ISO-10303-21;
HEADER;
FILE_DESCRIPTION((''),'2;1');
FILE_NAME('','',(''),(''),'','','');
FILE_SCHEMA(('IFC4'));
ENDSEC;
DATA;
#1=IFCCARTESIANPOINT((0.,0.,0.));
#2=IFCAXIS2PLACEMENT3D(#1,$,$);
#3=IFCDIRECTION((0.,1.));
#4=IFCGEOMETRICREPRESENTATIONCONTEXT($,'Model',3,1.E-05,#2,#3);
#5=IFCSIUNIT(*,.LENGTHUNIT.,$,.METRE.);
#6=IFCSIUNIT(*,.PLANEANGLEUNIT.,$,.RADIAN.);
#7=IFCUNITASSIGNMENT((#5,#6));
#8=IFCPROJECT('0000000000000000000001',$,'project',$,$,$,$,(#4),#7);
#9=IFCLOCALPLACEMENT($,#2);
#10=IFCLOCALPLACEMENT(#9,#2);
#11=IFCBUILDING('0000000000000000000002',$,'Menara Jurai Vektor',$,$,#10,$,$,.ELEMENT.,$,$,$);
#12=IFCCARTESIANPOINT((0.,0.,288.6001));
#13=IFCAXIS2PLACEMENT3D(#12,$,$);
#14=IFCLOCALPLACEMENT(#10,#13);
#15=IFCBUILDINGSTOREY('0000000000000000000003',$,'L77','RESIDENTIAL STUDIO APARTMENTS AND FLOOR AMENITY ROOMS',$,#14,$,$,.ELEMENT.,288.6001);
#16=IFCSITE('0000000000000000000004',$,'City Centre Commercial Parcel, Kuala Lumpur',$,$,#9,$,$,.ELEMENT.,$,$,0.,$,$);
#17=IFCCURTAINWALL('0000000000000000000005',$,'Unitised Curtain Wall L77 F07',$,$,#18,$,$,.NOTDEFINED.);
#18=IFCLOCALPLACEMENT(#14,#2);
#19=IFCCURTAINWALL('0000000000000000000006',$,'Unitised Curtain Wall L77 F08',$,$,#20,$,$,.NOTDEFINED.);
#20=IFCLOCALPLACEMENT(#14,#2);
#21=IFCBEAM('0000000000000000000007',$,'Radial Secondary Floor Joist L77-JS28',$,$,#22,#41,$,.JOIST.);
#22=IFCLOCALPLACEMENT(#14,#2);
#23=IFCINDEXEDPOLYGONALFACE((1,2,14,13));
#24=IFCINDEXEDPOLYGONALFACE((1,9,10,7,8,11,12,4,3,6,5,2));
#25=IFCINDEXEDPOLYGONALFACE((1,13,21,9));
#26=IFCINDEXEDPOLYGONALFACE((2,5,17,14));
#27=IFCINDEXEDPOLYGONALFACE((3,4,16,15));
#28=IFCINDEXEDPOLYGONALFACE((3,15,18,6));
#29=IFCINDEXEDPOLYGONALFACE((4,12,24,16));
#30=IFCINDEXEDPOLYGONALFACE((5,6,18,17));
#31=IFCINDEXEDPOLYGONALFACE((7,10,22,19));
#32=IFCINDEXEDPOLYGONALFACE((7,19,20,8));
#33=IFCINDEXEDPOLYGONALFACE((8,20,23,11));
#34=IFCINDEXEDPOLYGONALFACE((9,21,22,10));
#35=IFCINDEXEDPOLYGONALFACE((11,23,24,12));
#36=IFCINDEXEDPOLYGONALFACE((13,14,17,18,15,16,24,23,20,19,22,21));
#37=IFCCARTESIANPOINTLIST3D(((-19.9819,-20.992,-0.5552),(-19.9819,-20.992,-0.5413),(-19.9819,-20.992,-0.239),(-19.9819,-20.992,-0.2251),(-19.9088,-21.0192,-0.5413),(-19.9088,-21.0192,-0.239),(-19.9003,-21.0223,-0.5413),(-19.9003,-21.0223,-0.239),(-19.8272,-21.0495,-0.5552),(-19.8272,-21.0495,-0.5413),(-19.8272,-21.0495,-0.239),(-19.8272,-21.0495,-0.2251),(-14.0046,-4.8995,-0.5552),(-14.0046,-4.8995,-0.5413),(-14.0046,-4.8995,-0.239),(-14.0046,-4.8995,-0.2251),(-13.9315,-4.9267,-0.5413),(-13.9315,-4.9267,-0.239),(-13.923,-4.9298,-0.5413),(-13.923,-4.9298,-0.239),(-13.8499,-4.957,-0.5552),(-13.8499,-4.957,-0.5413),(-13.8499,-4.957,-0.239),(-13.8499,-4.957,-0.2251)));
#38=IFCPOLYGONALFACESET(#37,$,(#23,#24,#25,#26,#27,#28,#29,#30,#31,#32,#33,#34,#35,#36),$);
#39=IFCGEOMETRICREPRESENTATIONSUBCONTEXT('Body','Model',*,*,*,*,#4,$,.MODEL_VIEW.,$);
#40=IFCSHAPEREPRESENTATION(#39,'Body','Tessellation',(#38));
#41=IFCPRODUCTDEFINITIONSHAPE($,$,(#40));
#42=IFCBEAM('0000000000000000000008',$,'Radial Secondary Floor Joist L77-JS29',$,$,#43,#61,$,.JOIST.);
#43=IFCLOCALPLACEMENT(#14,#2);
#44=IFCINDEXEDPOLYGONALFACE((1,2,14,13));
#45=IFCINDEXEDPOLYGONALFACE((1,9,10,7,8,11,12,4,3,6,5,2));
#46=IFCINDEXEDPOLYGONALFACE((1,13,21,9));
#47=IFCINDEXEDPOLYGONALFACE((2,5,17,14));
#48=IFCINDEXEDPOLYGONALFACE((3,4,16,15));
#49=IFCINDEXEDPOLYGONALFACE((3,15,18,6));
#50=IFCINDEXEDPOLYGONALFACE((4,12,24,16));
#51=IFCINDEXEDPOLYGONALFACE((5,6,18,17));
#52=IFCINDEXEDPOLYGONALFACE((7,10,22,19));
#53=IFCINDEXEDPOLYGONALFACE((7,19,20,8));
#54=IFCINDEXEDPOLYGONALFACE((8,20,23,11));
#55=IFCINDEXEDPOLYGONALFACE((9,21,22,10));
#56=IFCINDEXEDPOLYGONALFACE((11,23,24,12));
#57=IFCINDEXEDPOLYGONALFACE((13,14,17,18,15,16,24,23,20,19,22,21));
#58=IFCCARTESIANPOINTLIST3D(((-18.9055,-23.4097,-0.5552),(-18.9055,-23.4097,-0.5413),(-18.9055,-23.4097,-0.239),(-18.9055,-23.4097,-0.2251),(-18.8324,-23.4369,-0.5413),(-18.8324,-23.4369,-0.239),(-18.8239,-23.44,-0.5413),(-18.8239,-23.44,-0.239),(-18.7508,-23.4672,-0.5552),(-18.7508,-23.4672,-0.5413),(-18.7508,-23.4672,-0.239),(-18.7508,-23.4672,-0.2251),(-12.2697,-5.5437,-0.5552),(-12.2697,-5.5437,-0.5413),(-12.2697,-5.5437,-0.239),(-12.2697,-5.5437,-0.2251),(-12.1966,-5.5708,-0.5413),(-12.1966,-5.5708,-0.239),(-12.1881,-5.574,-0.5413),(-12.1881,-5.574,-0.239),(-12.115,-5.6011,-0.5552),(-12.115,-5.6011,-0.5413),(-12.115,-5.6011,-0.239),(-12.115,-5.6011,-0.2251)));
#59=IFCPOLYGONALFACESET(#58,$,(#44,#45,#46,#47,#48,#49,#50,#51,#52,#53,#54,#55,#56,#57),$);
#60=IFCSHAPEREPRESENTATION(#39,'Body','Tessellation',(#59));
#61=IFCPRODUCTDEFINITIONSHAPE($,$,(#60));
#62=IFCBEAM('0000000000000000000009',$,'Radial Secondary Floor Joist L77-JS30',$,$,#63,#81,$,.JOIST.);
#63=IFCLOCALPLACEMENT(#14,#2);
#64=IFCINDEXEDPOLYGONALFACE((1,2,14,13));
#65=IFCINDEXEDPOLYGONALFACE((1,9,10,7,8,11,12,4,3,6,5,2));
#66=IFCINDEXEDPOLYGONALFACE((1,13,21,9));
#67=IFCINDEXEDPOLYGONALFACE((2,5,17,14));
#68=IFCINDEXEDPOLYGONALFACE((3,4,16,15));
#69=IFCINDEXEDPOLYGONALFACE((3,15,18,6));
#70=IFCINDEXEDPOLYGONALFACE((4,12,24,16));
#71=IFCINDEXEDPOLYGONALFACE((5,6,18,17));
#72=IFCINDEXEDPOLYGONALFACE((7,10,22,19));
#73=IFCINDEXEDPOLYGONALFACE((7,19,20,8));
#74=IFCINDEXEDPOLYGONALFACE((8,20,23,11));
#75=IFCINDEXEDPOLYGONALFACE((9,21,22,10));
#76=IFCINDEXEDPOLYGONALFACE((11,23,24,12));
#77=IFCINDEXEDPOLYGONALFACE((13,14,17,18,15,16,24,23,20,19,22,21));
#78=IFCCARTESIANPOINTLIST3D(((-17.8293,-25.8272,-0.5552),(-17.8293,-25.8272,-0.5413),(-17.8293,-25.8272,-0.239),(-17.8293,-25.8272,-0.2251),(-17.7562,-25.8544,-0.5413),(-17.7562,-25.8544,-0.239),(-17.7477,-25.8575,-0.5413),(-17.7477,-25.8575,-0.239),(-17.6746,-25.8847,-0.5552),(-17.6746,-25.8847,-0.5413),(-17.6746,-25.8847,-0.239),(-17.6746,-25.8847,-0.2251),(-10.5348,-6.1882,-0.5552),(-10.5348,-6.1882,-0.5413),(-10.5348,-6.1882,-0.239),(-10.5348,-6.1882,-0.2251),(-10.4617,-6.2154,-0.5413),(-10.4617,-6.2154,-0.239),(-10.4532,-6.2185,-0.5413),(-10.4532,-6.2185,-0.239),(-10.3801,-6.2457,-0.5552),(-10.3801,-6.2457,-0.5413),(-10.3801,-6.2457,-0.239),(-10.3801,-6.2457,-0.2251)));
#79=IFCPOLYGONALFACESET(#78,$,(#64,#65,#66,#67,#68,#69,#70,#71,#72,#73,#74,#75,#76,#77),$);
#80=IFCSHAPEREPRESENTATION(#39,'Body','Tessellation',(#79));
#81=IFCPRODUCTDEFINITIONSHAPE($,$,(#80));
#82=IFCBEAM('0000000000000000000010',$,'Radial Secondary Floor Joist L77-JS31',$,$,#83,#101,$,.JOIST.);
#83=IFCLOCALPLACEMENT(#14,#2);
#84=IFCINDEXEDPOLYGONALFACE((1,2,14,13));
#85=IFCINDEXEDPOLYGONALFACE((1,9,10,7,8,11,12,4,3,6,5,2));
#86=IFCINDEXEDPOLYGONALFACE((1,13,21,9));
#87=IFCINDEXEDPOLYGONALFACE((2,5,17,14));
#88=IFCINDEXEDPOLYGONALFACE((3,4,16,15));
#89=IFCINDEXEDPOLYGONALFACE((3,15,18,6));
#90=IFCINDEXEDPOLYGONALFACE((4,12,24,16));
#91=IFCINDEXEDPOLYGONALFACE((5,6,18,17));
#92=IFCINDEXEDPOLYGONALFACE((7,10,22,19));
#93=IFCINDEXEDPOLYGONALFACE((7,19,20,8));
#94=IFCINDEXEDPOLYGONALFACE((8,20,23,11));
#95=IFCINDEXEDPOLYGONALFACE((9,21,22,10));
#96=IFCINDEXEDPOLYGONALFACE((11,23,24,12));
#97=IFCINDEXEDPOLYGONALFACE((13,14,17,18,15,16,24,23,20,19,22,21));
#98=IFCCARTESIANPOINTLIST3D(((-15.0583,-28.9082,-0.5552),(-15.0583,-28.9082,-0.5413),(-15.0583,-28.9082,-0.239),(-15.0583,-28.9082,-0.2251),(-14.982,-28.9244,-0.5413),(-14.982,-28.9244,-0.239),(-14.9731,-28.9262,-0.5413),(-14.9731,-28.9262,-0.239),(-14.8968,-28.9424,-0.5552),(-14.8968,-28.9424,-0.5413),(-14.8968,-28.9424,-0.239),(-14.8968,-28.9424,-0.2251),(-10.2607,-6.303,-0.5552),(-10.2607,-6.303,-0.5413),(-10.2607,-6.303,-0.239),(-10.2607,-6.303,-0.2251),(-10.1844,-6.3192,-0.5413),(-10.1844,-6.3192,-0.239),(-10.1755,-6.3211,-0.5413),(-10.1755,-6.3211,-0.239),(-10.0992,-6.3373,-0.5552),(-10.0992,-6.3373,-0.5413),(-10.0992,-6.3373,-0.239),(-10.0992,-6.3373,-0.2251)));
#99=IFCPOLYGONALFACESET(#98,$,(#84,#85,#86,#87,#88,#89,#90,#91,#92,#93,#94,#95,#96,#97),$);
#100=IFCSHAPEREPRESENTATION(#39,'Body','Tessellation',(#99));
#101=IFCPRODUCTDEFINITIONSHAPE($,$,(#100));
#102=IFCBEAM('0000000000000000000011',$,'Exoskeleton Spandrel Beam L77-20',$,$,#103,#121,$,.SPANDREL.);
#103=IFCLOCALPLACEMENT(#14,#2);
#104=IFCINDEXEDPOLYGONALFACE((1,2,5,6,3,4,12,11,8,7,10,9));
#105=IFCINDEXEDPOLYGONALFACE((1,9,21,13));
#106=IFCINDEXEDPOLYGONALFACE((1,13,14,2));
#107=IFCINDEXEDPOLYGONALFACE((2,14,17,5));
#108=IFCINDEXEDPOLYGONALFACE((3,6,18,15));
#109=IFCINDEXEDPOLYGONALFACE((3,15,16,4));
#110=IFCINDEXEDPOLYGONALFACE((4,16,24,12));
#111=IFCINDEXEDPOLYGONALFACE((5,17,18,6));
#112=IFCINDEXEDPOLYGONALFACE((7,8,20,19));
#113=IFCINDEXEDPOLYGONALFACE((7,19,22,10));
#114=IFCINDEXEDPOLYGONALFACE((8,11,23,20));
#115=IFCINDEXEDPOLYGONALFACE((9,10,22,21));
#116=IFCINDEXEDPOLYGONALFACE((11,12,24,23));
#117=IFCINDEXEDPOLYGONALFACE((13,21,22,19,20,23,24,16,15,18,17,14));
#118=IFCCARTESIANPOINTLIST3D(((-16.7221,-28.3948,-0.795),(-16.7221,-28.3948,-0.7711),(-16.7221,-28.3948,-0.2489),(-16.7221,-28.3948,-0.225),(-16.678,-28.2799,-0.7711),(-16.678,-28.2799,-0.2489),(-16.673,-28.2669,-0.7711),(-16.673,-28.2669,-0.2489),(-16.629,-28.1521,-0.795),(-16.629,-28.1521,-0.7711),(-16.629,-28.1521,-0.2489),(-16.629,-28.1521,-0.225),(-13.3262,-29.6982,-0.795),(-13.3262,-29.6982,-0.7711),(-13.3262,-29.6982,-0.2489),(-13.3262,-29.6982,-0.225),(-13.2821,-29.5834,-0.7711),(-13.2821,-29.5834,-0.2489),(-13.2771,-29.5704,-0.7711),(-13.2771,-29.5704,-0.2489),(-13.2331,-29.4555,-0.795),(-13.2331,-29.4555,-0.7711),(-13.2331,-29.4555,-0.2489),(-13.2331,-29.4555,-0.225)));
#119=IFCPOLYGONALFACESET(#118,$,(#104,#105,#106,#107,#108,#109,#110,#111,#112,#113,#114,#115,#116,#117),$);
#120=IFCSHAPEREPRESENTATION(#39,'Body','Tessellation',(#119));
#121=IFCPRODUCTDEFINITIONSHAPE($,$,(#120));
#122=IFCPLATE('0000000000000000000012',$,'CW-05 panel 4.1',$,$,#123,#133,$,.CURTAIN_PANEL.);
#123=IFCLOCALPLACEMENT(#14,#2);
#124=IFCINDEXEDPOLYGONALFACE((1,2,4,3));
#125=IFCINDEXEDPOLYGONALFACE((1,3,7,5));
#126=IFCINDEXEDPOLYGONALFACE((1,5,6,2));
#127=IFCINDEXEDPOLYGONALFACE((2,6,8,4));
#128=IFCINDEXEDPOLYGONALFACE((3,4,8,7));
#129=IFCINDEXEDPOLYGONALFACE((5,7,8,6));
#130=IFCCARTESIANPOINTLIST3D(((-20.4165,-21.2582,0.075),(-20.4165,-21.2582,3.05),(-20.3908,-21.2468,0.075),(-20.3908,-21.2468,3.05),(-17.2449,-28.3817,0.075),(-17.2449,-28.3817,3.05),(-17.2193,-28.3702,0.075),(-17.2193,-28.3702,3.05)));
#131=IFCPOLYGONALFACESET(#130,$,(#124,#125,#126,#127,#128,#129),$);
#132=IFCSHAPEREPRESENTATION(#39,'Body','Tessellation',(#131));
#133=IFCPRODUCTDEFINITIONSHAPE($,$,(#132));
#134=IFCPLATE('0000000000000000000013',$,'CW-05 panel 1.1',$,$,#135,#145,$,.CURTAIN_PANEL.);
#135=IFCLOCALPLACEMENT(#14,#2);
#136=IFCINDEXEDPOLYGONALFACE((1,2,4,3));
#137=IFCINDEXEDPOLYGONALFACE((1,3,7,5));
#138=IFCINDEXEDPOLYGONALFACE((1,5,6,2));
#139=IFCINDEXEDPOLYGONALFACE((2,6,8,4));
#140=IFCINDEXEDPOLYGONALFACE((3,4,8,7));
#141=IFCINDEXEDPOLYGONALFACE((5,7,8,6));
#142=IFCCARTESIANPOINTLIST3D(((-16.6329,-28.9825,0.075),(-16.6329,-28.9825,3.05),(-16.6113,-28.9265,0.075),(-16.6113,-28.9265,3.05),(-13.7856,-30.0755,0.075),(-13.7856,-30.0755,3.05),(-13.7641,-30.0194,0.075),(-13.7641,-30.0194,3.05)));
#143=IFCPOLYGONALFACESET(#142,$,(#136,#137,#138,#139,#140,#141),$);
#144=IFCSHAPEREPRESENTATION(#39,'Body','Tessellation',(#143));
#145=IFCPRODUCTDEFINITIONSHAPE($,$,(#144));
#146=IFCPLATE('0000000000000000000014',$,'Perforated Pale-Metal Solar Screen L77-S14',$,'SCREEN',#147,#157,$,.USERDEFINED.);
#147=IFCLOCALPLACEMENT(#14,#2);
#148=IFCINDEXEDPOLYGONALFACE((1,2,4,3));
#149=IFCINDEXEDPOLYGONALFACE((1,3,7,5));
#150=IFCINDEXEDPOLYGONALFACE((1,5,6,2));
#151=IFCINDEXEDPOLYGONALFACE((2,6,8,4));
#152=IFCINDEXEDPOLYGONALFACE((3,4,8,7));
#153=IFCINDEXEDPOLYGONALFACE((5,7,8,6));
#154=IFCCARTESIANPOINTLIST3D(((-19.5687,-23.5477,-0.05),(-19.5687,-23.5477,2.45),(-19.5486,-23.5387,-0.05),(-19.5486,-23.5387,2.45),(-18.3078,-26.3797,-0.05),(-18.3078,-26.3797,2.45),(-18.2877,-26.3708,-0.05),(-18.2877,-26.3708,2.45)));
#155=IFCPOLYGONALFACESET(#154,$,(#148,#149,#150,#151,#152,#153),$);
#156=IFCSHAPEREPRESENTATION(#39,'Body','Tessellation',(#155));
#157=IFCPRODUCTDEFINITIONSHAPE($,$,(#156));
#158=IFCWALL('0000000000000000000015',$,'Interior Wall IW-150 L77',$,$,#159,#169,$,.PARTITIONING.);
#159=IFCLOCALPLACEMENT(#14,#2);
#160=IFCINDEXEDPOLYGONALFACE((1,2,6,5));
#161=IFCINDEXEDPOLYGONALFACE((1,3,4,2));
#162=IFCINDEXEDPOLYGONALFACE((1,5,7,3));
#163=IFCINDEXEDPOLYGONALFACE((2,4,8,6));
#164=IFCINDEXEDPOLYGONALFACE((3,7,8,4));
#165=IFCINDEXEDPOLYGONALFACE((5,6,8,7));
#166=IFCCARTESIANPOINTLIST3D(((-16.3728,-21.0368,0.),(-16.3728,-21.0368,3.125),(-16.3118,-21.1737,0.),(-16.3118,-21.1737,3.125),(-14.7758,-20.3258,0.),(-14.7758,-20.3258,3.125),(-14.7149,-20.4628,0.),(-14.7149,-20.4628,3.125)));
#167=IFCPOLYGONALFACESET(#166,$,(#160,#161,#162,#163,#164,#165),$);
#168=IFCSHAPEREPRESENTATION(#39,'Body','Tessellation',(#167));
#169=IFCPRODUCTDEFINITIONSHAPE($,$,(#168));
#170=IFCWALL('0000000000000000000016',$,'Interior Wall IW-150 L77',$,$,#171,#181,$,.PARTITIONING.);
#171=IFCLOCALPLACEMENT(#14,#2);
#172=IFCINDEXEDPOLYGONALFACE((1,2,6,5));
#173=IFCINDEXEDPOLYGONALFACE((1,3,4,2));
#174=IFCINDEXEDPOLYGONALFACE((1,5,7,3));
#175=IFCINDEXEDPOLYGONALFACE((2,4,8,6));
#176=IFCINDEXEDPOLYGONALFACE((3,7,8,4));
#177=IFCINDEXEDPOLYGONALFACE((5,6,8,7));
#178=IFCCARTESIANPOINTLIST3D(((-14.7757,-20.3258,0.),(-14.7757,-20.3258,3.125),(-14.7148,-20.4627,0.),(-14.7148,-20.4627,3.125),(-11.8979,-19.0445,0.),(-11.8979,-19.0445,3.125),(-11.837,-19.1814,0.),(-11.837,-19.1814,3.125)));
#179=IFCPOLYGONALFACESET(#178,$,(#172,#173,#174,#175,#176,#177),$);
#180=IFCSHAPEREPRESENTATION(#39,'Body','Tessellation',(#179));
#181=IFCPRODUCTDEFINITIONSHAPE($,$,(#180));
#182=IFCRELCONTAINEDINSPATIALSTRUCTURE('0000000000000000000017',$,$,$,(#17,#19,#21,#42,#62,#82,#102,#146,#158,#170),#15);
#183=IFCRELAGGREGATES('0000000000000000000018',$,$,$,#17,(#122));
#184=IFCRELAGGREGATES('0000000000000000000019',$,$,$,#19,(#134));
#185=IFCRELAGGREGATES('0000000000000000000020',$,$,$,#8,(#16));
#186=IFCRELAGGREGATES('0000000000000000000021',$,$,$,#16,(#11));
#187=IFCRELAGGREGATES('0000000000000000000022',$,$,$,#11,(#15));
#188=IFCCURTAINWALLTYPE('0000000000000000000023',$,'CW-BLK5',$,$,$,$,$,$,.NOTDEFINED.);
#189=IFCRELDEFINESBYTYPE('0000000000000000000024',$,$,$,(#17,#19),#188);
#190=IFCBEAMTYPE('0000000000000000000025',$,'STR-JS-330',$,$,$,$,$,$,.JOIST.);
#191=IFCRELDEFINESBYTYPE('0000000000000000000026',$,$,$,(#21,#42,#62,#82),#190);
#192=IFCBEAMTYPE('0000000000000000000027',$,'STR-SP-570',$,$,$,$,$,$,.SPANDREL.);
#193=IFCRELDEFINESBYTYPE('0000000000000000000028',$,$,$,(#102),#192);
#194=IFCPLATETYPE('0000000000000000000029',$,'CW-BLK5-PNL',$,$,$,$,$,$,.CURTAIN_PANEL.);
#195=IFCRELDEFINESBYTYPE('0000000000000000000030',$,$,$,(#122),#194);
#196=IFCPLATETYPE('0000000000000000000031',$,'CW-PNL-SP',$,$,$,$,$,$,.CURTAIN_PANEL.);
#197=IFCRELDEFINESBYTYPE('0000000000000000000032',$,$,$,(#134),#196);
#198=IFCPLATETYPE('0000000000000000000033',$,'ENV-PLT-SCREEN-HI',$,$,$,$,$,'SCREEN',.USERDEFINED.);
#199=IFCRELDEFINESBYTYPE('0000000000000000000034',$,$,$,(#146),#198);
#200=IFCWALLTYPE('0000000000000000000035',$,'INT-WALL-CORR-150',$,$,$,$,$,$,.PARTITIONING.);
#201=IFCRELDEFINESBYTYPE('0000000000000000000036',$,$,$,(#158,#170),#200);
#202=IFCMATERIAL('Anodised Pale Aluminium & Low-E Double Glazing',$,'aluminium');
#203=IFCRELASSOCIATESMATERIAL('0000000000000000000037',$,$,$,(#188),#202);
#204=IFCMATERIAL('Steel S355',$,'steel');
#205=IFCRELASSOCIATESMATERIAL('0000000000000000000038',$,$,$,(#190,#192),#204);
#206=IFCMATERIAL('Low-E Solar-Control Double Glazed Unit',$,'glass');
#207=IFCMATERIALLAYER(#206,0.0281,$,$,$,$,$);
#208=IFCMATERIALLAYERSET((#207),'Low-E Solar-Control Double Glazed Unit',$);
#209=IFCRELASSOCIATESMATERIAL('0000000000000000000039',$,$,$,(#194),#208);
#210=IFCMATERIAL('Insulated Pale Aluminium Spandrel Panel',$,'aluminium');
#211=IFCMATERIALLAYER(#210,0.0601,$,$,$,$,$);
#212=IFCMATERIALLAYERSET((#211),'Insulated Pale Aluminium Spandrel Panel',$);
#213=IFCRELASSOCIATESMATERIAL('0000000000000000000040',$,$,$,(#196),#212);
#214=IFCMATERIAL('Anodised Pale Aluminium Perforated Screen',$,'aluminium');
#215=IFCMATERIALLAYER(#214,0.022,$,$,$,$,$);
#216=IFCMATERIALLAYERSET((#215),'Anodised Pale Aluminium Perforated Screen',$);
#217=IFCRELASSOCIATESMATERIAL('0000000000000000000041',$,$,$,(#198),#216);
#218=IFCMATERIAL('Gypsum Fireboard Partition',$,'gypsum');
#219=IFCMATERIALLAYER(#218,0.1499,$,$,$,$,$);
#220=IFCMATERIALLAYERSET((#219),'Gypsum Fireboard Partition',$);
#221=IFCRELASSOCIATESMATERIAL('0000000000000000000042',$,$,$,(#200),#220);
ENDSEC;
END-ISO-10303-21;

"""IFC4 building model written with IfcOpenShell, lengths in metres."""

from ifc_helpers import new_model, si_unit, direction, frame, frame_2d, origin, origin_2d, place, context, subcontext, project, spatial, rectangle, i_section, extrude, material, layer, layer_set, material_profile, profile_set, type_object, element, aggregate, save


model = new_model("IFC4")

# Units and contexts
model_context = context("Model", 3, precision=1e-05, world=origin(), true_north=direction((0.0, 1.0)))
body_context = subcontext(model_context, "Body", "Model", "MODEL_VIEW")
ifc_project = project(units=[si_unit("LENGTHUNIT", "METRE"), si_unit("PLANEANGLEUNIT", "RADIAN")], contexts=[model_context])

# Site, building, storey
site_placement = place(None, origin())
site = spatial("IfcSite", under=ifc_project, at=site_placement, Name="City Centre Commercial Parcel, Kuala Lumpur", CompositionType="ELEMENT", RefElevation=0.0)
building_placement = place(site_placement, origin())
building = spatial("IfcBuilding", under=site, at=building_placement, Name="Menara Jurai Vektor", CompositionType="ELEMENT")
storey_placement = place(building_placement, frame((0.0, 0.0, 288.6001)))
storey = spatial("IfcBuildingStorey", under=building, at=storey_placement, Name="L77", Description="RESIDENTIAL STUDIO APARTMENTS AND FLOOR AMENITY ROOMS", CompositionType="ELEMENT", Elevation=288.6001)

# Curtain wall
ifc_material_1 = material(Name="Anodised Pale Aluminium & Low-E Double Glazing", Category="aluminium")
curtain_wall_type = type_object("IfcCurtainWallType", Name="CW-BLK5", PredefinedType="NOTDEFINED", material=ifc_material_1)
curtain_wall_1_placement = place(storey_placement, origin())
curtain_wall_1 = element("IfcCurtainWall", 1, at=curtain_wall_1_placement, inside=storey, type_object=curtain_wall_type, Name="Unitised Curtain Wall L77 F07", PredefinedType="NOTDEFINED")

# Curtain wall
curtain_wall_2_placement = place(storey_placement, origin())
curtain_wall_2 = element("IfcCurtainWall", 2, at=curtain_wall_2_placement, inside=storey, type_object=curtain_wall_type, Name="Unitised Curtain Wall L77 F08", PredefinedType="NOTDEFINED")

# Beams
ifc_material_2 = material(Name="Steel S355", Category="steel")
ifc_material_profile_1 = material_profile(ifc_material_2, i_section(OverallWidth=0.165, OverallDepth=0.3301, WebThickness=0.009, FlangeThickness=0.0139, at=origin_2d()), Name="PG 330x165x46")
ifc_profile_set_1 = profile_set([ifc_material_profile_1], Name="Steel S355")
beam_type_1 = type_object("IfcBeamType", Name="STR-JS-330", PredefinedType="JOIST", material=ifc_profile_set_1)
beam_1_placement = place(storey_placement, frame((-19.9045, -21.0208, -0.3901), z_axis=(0.34819, 0.937424, 0.0), x_axis=(-0.937424, 0.34819, 0.0)))
element("IfcBeam", 3, at=beam_1_placement, inside=storey, type_object=beam_type_1, Name="Radial Secondary Floor Joist L77-JS28", PredefinedType="JOIST", context=body_context, shape_type="SweptSolid", body=[
    extrude(i_section(OverallWidth=0.165, OverallDepth=0.3301, WebThickness=0.009, FlangeThickness=0.0139, at=origin_2d()), origin(), (0.0, 0.0, 1.0), 17.1667),
])
beam_2_placement = place(storey_placement, frame((-18.8281, -23.4385, -0.3901), z_axis=(0.348178, 0.937428, 0.0), x_axis=(-0.937428, 0.348178, 0.0)))
element("IfcBeam", 4, at=beam_2_placement, inside=storey, type_object=beam_type_1, Name="Radial Secondary Floor Joist L77-JS29", PredefinedType="JOIST", context=body_context, shape_type="SweptSolid", body=[
    extrude(i_section(OverallWidth=0.165, OverallDepth=0.3301, WebThickness=0.009, FlangeThickness=0.0139, at=origin_2d()), origin(), (0.0, 0.0, 1.0), 19.0586),
])
beam_3_placement = place(storey_placement, frame((-17.752, -25.856, -0.3901), z_axis=(0.348186, 0.937426, 0.0), x_axis=(-0.937426, 0.348186, 0.0)))
element("IfcBeam", 5, at=beam_3_placement, inside=storey, type_object=beam_type_1, Name="Radial Secondary Floor Joist L77-JS30", PredefinedType="JOIST", context=body_context, shape_type="SweptSolid", body=[
    extrude(i_section(OverallWidth=0.165, OverallDepth=0.3301, WebThickness=0.009, FlangeThickness=0.0139, at=origin_2d()), origin(), (0.0, 0.0, 1.0), 20.95),
])
beam_4_placement = place(storey_placement, frame((-14.9775, -28.9253, -0.3901), z_axis=(0.20761, 0.978212, 0.0), x_axis=(-0.978212, 0.20761, 0.0)))
element("IfcBeam", 6, at=beam_4_placement, inside=storey, type_object=beam_type_1, Name="Radial Secondary Floor Joist L77-JS31", PredefinedType="JOIST", context=body_context, shape_type="SweptSolid", body=[
    extrude(i_section(OverallWidth=0.165, OverallDepth=0.3301, WebThickness=0.009, FlangeThickness=0.0139, at=origin_2d()), origin(), (0.0, 0.0, 1.0), 23.1086),
])
ifc_material_profile_2 = material_profile(ifc_material_2, i_section(OverallWidth=0.26, OverallDepth=0.5701, WebThickness=0.0139, FlangeThickness=0.0239, at=origin_2d()), Name="PG 570x260x145")
ifc_profile_set_2 = profile_set([ifc_material_profile_2], Name="Steel S355")
beam_type_2 = type_object("IfcBeamType", Name="STR-SP-570", PredefinedType="SPANDREL", material=ifc_profile_set_2)
beam_5_placement = place(storey_placement, frame((-16.6755, -28.2734, -0.51), z_axis=(0.933593, -0.358336, 0.0), x_axis=(0.358336, 0.933593, 0.0)))
element("IfcBeam", 7, at=beam_5_placement, inside=storey, type_object=beam_type_2, Name="Exoskeleton Spandrel Beam L77-20", PredefinedType="SPANDREL", context=body_context, shape_type="SweptSolid", body=[
    extrude(i_section(OverallWidth=0.26, OverallDepth=0.5701, WebThickness=0.0139, FlangeThickness=0.0239, at=origin_2d()), origin(), (0.0, 0.0, 1.0), 3.6375),
])

# Plates
ifc_material_3 = material(Name="Low-E Solar-Control Double Glazed Unit", Category="glass")
ifc_layer_1 = layer(ifc_material_3, 0.0281)
ifc_layer_set_1 = layer_set([ifc_layer_1], Name="Low-E Solar-Control Double Glazed Unit")
plate_type_1 = type_object("IfcPlateType", Name="CW-BLK5-PNL", PredefinedType="CURTAIN_PANEL", material=ifc_layer_set_1)
plate_1_placement = place(storey_placement, frame((-18.8179, -24.8142, 0.075), z_axis=(0.0, 0.0, 1.0), x_axis=(0.406735, -0.913546, 0.0)))
plate_1 = element("IfcPlate", 8, at=plate_1_placement, type_object=plate_type_1, Name="CW-05 panel 4.1", PredefinedType="CURTAIN_PANEL", context=body_context, shape_type="SweptSolid", body=[
    extrude(rectangle(XDim=7.7976, YDim=0.0281, at=origin_2d()), origin(), (0.0, 0.0, 1.0), 2.9751),
])
aggregate(curtain_wall_1, [plate_1])
ifc_material_4 = material(Name="Insulated Pale Aluminium Spandrel Panel", Category="aluminium")
ifc_layer_2 = layer(ifc_material_4, 0.0601)
ifc_layer_set_2 = layer_set([ifc_layer_2], Name="Insulated Pale Aluminium Spandrel Panel")
plate_type_2 = type_object("IfcPlateType", Name="CW-PNL-SP", PredefinedType="CURTAIN_PANEL", material=ifc_layer_set_2)
plate_2_placement = place(storey_placement, frame((-15.1985, -29.501, 0.075), z_axis=(0.0, 0.0, 1.0), x_axis=(0.933578, -0.358374, 0.0)))
plate_2 = element("IfcPlate", 9, at=plate_2_placement, type_object=plate_type_2, Name="CW-05 panel 1.1", PredefinedType="CURTAIN_PANEL", context=body_context, shape_type="SweptSolid", body=[
    extrude(rectangle(XDim=3.0498, YDim=0.0601, at=origin_2d()), origin(), (0.0, 0.0, 1.0), 2.9751),
])
aggregate(curtain_wall_2, [plate_2])
ifc_material_5 = material(Name="Anodised Pale Aluminium Perforated Screen", Category="aluminium")
ifc_layer_3 = layer(ifc_material_5, 0.022)
ifc_layer_set_3 = layer_set([ifc_layer_3], Name="Anodised Pale Aluminium Perforated Screen")
plate_type_3 = type_object("IfcPlateType", Name="ENV-PLT-SCREEN-HI", ElementType="SCREEN", PredefinedType="USERDEFINED", material=ifc_layer_set_3)
plate_3_placement = place(storey_placement, frame((-18.9282, -24.9592, -0.05), z_axis=(0.0, 0.0, 1.0), x_axis=(0.406737, -0.913545, 0.0)))
element("IfcPlate", 10, at=plate_3_placement, inside=storey, type_object=plate_type_3, Name="Perforated Pale-Metal Solar Screen L77-S14", ObjectType="SCREEN", PredefinedType="USERDEFINED", context=body_context, shape_type="SweptSolid", body=[
    extrude(rectangle(XDim=3.1001, YDim=0.022, at=origin_2d()), origin(), (0.0, 0.0, 1.0), 2.5),
])

# Shared definitions
ifc_material_6 = material(Name="Gypsum Fireboard Partition", Category="gypsum")
ifc_layer_4 = layer(ifc_material_6, 0.1499)
ifc_layer_set_4 = layer_set([ifc_layer_4], Name="Gypsum Fireboard Partition")
wall_type = type_object("IfcWallType", Name="INT-WALL-CORR-150", PredefinedType="PARTITIONING", material=ifc_layer_set_4)

# Walls
wall_1_placement = place(storey_placement, frame((-16.3423, -21.1052, 0.0), z_axis=(0.0, 0.0, 1.0), x_axis=(0.913558, 0.406709, 0.0)))
element("IfcWall", 11, at=wall_1_placement, inside=storey, type_object=wall_type, Name="Interior Wall IW-150 L77", PredefinedType="PARTITIONING", context=body_context, shape_type="SweptSolid", body=[
    extrude(rectangle(XDim=1.748, YDim=0.1499, at=frame_2d((0.874, 0.0))), origin(), (0.0, 0.0, 1.0), 3.125),
])
wall_2_placement = place(storey_placement, frame((-14.7454, -20.3943, 0.0), z_axis=(0.0, 0.0, 1.0), x_axis=(0.913543, 0.406742, 0.0)))
element("IfcWall", 12, at=wall_2_placement, inside=storey, type_object=wall_type, Name="Interior Wall IW-150 L77", PredefinedType="PARTITIONING", context=body_context, shape_type="SweptSolid", body=[
    extrude(rectangle(XDim=3.1501, YDim=0.1499, at=frame_2d((1.5752, 0.0))), origin(), (0.0, 0.0, 1.0), 3.125),
])

save(model, "model.ifc")
